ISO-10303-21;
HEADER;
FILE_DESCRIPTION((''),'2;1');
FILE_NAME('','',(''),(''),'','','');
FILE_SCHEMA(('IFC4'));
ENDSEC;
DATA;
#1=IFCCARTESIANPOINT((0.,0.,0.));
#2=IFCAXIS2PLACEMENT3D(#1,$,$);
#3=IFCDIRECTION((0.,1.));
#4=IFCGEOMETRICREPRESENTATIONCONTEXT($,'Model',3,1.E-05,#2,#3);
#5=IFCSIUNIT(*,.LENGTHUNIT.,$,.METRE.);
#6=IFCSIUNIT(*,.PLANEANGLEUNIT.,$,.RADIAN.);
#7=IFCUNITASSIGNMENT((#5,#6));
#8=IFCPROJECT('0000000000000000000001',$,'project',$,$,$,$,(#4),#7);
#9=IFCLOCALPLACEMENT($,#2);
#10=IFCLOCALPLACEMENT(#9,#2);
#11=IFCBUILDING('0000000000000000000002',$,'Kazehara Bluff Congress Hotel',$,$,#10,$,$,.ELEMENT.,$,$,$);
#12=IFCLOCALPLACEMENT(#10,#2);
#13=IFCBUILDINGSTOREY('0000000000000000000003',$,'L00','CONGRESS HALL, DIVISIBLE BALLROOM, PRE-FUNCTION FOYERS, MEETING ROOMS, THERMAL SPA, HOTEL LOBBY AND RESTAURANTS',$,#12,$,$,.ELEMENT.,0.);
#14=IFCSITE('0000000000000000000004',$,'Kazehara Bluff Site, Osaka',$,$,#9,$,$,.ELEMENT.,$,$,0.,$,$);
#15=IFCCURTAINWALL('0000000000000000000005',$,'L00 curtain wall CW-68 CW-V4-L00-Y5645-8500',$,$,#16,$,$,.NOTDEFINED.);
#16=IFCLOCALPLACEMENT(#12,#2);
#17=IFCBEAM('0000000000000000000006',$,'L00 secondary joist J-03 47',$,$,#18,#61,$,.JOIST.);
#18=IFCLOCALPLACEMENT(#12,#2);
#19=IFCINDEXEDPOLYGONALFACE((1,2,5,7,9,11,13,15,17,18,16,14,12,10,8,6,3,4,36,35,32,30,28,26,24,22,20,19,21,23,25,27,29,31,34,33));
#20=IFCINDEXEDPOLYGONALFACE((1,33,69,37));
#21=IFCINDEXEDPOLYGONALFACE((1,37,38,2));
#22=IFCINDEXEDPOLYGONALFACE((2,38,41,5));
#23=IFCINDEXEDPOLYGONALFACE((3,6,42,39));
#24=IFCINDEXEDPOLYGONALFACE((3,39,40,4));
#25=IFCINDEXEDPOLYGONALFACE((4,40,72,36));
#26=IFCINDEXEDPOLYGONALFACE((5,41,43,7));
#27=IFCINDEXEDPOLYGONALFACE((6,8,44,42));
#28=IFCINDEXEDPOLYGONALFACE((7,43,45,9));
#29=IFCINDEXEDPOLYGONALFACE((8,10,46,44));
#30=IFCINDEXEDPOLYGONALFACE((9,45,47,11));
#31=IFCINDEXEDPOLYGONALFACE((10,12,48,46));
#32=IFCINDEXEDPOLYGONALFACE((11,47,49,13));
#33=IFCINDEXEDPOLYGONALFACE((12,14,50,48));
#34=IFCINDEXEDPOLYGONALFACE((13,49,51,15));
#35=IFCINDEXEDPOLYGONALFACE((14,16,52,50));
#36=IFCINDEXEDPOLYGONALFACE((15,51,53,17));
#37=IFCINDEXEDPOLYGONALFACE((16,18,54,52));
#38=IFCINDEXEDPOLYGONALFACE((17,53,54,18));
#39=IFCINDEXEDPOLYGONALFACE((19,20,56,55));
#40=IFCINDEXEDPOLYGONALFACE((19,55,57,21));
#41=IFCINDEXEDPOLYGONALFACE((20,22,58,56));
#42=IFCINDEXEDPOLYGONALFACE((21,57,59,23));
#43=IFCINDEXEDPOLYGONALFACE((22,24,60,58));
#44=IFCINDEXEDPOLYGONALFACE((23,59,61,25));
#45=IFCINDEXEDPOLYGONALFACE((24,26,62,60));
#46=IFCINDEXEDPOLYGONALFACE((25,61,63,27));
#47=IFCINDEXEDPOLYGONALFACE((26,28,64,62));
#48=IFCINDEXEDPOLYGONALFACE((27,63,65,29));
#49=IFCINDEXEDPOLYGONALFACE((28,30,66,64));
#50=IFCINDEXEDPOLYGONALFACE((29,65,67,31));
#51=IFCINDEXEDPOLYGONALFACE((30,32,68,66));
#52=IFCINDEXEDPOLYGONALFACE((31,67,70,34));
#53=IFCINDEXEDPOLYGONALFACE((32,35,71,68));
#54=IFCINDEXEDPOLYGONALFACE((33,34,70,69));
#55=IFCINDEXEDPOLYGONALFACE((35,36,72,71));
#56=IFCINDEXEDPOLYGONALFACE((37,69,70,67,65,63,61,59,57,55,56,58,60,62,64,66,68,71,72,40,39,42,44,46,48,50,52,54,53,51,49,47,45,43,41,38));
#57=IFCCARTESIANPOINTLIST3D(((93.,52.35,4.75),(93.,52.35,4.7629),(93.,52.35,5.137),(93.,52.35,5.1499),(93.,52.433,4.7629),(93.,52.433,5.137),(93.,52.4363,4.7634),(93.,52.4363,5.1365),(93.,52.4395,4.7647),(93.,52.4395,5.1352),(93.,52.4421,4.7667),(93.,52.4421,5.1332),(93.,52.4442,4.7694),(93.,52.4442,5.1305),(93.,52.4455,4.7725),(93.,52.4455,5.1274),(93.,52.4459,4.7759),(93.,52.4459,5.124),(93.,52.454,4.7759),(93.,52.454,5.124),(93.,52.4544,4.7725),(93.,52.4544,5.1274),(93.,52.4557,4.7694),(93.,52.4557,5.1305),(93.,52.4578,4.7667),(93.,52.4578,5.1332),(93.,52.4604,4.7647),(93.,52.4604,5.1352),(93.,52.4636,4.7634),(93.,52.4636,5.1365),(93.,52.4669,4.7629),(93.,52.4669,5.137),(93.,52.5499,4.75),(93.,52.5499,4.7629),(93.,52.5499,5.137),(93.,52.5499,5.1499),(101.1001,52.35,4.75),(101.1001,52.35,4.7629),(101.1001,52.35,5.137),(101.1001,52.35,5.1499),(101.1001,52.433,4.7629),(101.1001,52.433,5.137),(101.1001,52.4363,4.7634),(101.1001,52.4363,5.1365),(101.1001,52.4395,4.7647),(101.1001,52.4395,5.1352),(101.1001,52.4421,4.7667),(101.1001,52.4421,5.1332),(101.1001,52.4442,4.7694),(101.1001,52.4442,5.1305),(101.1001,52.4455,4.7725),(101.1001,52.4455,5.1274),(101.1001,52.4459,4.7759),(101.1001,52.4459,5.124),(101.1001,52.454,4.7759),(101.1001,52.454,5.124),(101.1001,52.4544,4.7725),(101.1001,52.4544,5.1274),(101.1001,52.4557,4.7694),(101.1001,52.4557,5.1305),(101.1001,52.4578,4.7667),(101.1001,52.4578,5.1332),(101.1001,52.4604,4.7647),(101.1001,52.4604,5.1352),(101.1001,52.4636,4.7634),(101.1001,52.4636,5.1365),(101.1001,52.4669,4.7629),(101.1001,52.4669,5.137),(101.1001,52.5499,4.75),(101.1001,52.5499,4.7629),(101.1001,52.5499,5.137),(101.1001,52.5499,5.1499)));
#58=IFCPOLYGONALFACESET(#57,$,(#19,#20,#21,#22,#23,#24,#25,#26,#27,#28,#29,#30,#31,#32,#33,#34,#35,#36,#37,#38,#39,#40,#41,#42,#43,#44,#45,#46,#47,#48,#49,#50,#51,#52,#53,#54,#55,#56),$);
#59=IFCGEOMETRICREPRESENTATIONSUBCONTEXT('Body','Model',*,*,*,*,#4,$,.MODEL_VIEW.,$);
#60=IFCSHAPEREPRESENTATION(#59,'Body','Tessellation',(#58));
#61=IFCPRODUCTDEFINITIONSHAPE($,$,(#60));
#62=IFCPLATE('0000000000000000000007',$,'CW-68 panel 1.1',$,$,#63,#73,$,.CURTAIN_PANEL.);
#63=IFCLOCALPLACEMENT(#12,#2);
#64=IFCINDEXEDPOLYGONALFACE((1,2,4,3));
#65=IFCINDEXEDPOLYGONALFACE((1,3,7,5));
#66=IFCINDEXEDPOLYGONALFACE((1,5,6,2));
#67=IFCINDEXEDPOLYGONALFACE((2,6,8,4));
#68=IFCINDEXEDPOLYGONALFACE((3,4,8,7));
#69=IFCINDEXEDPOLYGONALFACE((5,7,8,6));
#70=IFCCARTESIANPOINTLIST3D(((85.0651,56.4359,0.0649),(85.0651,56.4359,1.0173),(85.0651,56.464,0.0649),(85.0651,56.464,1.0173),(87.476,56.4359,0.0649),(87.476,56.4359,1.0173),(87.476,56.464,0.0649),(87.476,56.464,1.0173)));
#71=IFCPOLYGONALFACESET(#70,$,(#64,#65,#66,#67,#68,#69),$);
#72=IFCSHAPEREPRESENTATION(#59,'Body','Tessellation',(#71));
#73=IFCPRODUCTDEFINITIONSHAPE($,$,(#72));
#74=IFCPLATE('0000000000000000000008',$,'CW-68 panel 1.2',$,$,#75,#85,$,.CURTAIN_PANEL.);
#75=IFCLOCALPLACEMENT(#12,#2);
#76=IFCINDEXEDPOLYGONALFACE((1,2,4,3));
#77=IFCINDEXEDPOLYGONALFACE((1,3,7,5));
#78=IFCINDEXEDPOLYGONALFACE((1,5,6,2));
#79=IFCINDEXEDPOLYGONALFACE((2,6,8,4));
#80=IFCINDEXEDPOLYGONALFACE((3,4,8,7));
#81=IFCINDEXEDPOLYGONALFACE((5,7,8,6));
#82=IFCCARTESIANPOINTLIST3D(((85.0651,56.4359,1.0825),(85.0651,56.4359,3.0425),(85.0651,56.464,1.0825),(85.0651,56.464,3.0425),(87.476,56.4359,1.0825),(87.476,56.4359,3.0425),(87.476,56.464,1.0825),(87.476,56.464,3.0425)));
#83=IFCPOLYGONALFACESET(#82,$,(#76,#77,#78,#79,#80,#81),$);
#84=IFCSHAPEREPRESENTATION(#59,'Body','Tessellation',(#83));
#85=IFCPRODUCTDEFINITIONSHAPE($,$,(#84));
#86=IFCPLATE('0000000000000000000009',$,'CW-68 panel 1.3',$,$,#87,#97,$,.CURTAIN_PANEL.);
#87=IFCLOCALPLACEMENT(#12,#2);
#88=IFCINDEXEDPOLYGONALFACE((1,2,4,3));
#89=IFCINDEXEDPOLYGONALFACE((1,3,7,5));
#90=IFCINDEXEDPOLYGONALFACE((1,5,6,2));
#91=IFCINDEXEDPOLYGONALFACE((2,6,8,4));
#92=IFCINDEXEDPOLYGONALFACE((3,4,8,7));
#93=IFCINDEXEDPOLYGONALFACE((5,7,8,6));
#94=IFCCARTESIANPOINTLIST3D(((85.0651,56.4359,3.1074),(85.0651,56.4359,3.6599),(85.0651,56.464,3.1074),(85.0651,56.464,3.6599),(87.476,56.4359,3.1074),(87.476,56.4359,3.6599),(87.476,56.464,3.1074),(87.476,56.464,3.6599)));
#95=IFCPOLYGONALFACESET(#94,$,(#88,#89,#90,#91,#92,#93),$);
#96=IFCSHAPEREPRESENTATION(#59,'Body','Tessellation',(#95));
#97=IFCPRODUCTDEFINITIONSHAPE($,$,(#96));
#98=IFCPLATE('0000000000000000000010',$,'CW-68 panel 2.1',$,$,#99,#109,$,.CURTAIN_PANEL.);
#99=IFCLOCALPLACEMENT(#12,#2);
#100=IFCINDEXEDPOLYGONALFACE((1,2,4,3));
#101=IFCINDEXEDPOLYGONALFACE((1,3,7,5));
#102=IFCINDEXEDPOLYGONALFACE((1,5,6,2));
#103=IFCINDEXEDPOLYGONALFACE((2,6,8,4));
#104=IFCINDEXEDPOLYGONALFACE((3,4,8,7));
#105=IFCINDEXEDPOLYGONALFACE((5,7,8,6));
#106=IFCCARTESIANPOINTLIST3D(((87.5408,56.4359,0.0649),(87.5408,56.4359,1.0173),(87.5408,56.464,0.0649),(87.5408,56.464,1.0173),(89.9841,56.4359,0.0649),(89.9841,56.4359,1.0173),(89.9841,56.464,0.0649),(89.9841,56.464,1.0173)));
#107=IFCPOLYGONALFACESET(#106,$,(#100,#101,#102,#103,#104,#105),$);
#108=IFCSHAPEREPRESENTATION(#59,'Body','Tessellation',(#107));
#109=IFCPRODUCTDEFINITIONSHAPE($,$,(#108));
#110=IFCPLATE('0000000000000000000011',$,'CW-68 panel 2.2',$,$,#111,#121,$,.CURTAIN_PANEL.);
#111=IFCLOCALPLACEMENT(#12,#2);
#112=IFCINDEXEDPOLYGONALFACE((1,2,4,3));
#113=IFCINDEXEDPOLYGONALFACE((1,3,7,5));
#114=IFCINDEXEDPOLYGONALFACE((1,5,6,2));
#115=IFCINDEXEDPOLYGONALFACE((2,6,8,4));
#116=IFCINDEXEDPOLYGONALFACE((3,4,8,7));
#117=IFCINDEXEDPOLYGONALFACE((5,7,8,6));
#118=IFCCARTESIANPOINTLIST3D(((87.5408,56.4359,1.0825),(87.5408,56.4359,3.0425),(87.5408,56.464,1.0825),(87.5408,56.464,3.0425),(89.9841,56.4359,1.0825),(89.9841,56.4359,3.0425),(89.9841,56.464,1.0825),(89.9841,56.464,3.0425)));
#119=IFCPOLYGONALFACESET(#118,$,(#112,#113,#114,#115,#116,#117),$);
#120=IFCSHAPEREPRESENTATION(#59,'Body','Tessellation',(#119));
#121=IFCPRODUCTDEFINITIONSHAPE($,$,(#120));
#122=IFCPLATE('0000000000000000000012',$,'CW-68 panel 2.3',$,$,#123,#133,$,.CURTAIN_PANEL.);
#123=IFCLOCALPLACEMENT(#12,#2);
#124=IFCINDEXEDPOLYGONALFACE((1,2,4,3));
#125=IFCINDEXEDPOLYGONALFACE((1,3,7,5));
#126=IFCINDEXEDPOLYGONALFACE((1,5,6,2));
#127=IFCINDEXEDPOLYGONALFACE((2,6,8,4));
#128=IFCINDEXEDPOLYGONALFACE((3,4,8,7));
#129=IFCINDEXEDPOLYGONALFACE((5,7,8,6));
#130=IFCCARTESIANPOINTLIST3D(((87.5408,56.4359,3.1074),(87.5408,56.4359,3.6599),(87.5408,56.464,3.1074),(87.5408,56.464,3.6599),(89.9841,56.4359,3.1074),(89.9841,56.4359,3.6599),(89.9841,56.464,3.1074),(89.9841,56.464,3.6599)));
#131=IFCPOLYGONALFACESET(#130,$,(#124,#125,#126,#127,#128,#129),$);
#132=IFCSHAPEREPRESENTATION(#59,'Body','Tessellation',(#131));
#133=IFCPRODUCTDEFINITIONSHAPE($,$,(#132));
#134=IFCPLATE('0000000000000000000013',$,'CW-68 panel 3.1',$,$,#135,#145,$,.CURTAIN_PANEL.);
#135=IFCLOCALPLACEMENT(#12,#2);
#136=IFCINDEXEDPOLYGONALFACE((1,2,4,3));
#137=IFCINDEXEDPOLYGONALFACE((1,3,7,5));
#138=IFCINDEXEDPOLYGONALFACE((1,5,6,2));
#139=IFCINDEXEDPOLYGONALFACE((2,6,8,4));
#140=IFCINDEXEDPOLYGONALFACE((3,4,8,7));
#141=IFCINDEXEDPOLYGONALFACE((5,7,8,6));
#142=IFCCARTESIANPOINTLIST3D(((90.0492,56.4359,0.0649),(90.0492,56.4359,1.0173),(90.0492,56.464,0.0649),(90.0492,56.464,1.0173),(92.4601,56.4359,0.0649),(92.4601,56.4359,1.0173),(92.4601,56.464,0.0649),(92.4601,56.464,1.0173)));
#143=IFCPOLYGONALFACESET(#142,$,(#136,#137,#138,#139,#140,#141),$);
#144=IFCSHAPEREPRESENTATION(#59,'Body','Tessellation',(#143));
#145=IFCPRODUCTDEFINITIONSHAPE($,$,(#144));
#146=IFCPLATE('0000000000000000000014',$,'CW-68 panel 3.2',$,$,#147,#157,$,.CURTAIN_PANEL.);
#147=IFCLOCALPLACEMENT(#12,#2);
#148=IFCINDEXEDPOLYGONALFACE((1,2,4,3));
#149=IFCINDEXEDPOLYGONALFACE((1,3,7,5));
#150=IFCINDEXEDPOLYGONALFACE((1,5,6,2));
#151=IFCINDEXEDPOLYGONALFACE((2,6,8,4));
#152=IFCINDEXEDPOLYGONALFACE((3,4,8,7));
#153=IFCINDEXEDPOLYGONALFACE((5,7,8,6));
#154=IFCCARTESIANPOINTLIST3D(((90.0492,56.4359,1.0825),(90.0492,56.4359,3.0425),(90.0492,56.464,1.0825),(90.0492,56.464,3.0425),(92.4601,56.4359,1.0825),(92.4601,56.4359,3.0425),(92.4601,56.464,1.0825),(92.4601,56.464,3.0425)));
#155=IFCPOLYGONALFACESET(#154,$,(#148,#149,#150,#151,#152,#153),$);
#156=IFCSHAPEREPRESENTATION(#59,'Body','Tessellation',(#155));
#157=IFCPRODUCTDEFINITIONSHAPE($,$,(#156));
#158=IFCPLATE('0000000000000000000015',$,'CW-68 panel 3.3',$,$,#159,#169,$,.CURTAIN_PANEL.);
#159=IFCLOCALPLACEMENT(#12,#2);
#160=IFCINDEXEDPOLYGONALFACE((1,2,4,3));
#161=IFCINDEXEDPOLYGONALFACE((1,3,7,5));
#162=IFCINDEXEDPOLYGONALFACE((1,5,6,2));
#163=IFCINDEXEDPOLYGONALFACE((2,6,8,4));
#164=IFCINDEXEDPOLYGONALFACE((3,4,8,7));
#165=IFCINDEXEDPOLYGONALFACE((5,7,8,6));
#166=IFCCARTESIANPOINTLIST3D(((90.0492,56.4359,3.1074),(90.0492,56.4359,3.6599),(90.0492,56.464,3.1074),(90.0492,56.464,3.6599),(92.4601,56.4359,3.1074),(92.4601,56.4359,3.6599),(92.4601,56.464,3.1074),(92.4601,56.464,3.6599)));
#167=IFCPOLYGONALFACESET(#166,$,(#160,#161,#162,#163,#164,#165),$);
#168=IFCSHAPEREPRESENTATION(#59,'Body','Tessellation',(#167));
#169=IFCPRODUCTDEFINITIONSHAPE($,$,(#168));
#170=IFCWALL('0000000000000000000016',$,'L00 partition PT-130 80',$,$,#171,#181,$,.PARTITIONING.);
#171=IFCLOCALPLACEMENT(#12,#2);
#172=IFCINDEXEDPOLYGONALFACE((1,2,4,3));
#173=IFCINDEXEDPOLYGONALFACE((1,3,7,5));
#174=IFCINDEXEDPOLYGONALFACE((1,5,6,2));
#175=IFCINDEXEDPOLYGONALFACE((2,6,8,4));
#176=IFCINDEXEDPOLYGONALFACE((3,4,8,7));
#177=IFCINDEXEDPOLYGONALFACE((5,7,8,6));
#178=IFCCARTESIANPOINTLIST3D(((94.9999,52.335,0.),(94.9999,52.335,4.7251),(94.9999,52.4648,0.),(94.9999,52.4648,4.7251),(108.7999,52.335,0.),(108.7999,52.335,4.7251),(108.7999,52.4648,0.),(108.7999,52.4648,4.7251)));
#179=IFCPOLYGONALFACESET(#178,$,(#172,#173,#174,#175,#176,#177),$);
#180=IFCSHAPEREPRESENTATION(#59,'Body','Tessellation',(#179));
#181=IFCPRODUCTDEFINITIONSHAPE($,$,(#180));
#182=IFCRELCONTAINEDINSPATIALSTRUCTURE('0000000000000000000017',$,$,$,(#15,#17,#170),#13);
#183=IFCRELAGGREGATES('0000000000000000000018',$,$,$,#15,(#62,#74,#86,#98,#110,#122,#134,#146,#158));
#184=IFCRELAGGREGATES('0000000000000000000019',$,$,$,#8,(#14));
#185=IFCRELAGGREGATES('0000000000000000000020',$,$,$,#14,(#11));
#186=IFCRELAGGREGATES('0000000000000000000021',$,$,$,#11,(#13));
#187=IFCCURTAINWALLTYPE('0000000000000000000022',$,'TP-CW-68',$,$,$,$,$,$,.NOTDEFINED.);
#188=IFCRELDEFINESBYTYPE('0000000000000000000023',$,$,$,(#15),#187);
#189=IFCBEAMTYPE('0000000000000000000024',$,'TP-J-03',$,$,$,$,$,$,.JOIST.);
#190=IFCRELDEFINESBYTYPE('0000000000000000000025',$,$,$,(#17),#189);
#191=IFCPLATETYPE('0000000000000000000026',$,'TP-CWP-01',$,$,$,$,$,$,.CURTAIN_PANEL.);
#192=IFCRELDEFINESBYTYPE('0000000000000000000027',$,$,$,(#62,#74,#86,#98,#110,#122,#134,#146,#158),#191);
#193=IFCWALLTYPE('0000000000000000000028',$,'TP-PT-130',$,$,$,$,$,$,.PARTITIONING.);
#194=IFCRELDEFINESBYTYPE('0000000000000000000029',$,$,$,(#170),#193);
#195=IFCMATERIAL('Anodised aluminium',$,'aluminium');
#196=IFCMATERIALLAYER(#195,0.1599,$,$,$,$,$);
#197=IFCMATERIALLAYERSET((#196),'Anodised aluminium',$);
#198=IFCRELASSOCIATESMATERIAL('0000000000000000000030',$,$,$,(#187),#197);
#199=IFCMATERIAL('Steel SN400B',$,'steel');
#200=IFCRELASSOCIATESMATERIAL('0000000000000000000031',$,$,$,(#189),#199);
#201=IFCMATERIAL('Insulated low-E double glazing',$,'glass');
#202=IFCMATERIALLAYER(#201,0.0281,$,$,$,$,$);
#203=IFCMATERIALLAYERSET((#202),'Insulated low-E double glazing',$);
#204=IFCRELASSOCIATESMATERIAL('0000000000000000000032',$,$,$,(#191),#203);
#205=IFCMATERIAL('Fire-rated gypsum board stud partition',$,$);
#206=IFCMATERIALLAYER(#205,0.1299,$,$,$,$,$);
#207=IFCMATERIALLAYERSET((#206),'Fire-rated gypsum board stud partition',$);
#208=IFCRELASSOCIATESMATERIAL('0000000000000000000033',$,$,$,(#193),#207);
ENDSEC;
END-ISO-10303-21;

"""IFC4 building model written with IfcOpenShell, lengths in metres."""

from ifc_helpers import new_model, si_unit, direction, frame, frame_2d, origin, origin_2d, place, context, subcontext, project, spatial, rectangle, i_section, extrude, material, layer, layer_set, material_profile, profile_set, type_object, element, aggregate, save


model = new_model("IFC4")

# Units and contexts
model_context = context("Model", 3, precision=1e-05, world=origin(), true_north=direction((0.0, 1.0)))
body_context = subcontext(model_context, "Body", "Model", "MODEL_VIEW")
ifc_project = project(units=[si_unit("LENGTHUNIT", "METRE"), si_unit("PLANEANGLEUNIT", "RADIAN")], contexts=[model_context])

# Site, building, storey
site_placement = place(None, origin())
site = spatial("IfcSite", under=ifc_project, at=site_placement, Name="Kazehara Bluff Site, Osaka", CompositionType="ELEMENT", RefElevation=0.0)
building_placement = place(site_placement, origin())
building = spatial("IfcBuilding", under=site, at=building_placement, Name="Kazehara Bluff Congress Hotel", CompositionType="ELEMENT")
storey_placement = place(building_placement, origin())
storey = spatial("IfcBuildingStorey", under=building, at=storey_placement, Name="L00", Description="CONGRESS HALL, DIVISIBLE BALLROOM, PRE-FUNCTION FOYERS, MEETING ROOMS, THERMAL SPA, HOTEL LOBBY AND RESTAURANTS", CompositionType="ELEMENT", Elevation=0.0)

# Curtain wall
ifc_material_1 = material(Name="Anodised aluminium", Category="aluminium")
ifc_layer_1 = layer(ifc_material_1, 0.1599)
ifc_layer_set_1 = layer_set([ifc_layer_1], Name="Anodised aluminium")
curtain_wall_type_1 = type_object("IfcCurtainWallType", Name="TP-CW-68", PredefinedType="NOTDEFINED", material=ifc_layer_set_1)
curtain_wall_1_placement = place(storey_placement, origin())
curtain_wall_1 = element("IfcCurtainWall", 1, at=curtain_wall_1_placement, inside=storey, type_object=curtain_wall_type_1, Name="L00 curtain wall CW-68 CW-V4-L00-Y5645-8500", PredefinedType="NOTDEFINED")

# Beam
ifc_material_2 = material(Name="Steel SN400B", Category="steel")
ifc_material_profile_1 = material_profile(ifc_material_2, i_section(OverallWidth=0.2, OverallDepth=0.3999, WebThickness=0.0081, FlangeThickness=0.0129, FilletRadius=0.0129, at=origin_2d()))
ifc_profile_set_1 = profile_set([ifc_material_profile_1], Name="Steel SN400B")
beam_type_1 = type_object("IfcBeamType", Name="TP-J-03", PredefinedType="JOIST", material=ifc_profile_set_1)
beam_1_placement = place(storey_placement, frame((93.0, 52.45, 4.95), z_axis=(1.0, 0.0, 0.0), x_axis=(0.0, 1.0, 0.0)))
element("IfcBeam", 2, at=beam_1_placement, inside=storey, type_object=beam_type_1, Name="L00 secondary joist J-03 47", PredefinedType="JOIST", context=body_context, shape_type="SweptSolid", body=[
    extrude(i_section(OverallWidth=0.2, OverallDepth=0.3999, WebThickness=0.0081, FlangeThickness=0.0129, FilletRadius=0.0129, at=origin_2d()), origin(), (0.0, 0.0, 1.0), 8.1001),
])

# Plates
ifc_material_3 = material(Name="Insulated low-E double glazing", Category="glass")
ifc_layer_2 = layer(ifc_material_3, 0.0281)
ifc_layer_set_2 = layer_set([ifc_layer_2], Name="Insulated low-E double glazing")
plate_type = type_object("IfcPlateType", Name="TP-CWP-01", PredefinedType="CURTAIN_PANEL", material=ifc_layer_set_2)
plate_1_placement = place(storey_placement, frame((86.2705, 56.45, 0.0649), z_axis=(0.0, 0.0, 1.0), x_axis=(1.0, 0.0, 0.0)))
plate_1 = element("IfcPlate", 3, at=plate_1_placement, type_object=plate_type, Name="CW-68 panel 1.1", PredefinedType="CURTAIN_PANEL", context=body_context, shape_type="SweptSolid", body=[
    extrude(rectangle(XDim=2.4109, YDim=0.0281, at=origin_2d()), origin(), (0.0, 0.0, 1.0), 0.9524),
])
plate_2_placement = place(storey_placement, frame((86.2705, 56.45, 1.0825), z_axis=(0.0, 0.0, 1.0), x_axis=(1.0, 0.0, 0.0)))
plate_2 = element("IfcPlate", 4, at=plate_2_placement, type_object=plate_type, Name="CW-68 panel 1.2", PredefinedType="CURTAIN_PANEL", context=body_context, shape_type="SweptSolid", body=[
    extrude(rectangle(XDim=2.4109, YDim=0.0281, at=origin_2d()), origin(), (0.0, 0.0, 1.0), 1.96),
])
plate_3_placement = place(storey_placement, frame((86.2705, 56.45, 3.1074), z_axis=(0.0, 0.0, 1.0), x_axis=(1.0, 0.0, 0.0)))
plate_3 = element("IfcPlate", 5, at=plate_3_placement, type_object=plate_type, Name="CW-68 panel 1.3", PredefinedType="CURTAIN_PANEL", context=body_context, shape_type="SweptSolid", body=[
    extrude(rectangle(XDim=2.4109, YDim=0.0281, at=origin_2d()), origin(), (0.0, 0.0, 1.0), 0.5525),
])
plate_4_placement = place(storey_placement, frame((88.7625, 56.45, 0.0649), z_axis=(0.0, 0.0, 1.0), x_axis=(1.0, 0.0, 0.0)))
plate_4 = element("IfcPlate", 6, at=plate_4_placement, type_object=plate_type, Name="CW-68 panel 2.1", PredefinedType="CURTAIN_PANEL", context=body_context, shape_type="SweptSolid", body=[
    extrude(rectangle(XDim=2.4434, YDim=0.0281, at=origin_2d()), origin(), (0.0, 0.0, 1.0), 0.9524),
])
plate_5_placement = place(storey_placement, frame((88.7625, 56.45, 1.0825), z_axis=(0.0, 0.0, 1.0), x_axis=(1.0, 0.0, 0.0)))
plate_5 = element("IfcPlate", 7, at=plate_5_placement, type_object=plate_type, Name="CW-68 panel 2.2", PredefinedType="CURTAIN_PANEL", context=body_context, shape_type="SweptSolid", body=[
    extrude(rectangle(XDim=2.4434, YDim=0.0281, at=origin_2d()), origin(), (0.0, 0.0, 1.0), 1.96),
])
plate_6_placement = place(storey_placement, frame((88.7625, 56.45, 3.1074), z_axis=(0.0, 0.0, 1.0), x_axis=(1.0, 0.0, 0.0)))
plate_6 = element("IfcPlate", 8, at=plate_6_placement, type_object=plate_type, Name="CW-68 panel 2.3", PredefinedType="CURTAIN_PANEL", context=body_context, shape_type="SweptSolid", body=[
    extrude(rectangle(XDim=2.4434, YDim=0.0281, at=origin_2d()), origin(), (0.0, 0.0, 1.0), 0.5525),
])
plate_7_placement = place(storey_placement, frame((91.2546, 56.45, 0.0649), z_axis=(0.0, 0.0, 1.0), x_axis=(1.0, 0.0, 0.0)))
plate_7 = element("IfcPlate", 9, at=plate_7_placement, type_object=plate_type, Name="CW-68 panel 3.1", PredefinedType="CURTAIN_PANEL", context=body_context, shape_type="SweptSolid", body=[
    extrude(rectangle(XDim=2.4109, YDim=0.0281, at=origin_2d()), origin(), (0.0, 0.0, 1.0), 0.9524),
])
plate_8_placement = place(storey_placement, frame((91.2546, 56.45, 1.0825), z_axis=(0.0, 0.0, 1.0), x_axis=(1.0, 0.0, 0.0)))
plate_8 = element("IfcPlate", 10, at=plate_8_placement, type_object=plate_type, Name="CW-68 panel 3.2", PredefinedType="CURTAIN_PANEL", context=body_context, shape_type="SweptSolid", body=[
    extrude(rectangle(XDim=2.4109, YDim=0.0281, at=origin_2d()), origin(), (0.0, 0.0, 1.0), 1.96),
])
plate_9_placement = place(storey_placement, frame((91.2546, 56.45, 3.1074), z_axis=(0.0, 0.0, 1.0), x_axis=(1.0, 0.0, 0.0)))
plate_9 = element("IfcPlate", 11, at=plate_9_placement, type_object=plate_type, Name="CW-68 panel 3.3", PredefinedType="CURTAIN_PANEL", context=body_context, shape_type="SweptSolid", body=[
    extrude(rectangle(XDim=2.4109, YDim=0.0281, at=origin_2d()), origin(), (0.0, 0.0, 1.0), 0.5525),
])
aggregate(curtain_wall_1, [plate_1, plate_2, plate_3, plate_4, plate_5, plate_6, plate_7, plate_8, plate_9])

# Wall
ifc_material_4 = material(Name="Fire-rated gypsum board stud partition")
ifc_layer_3 = layer(ifc_material_4, 0.1299)
ifc_layer_set_3 = layer_set([ifc_layer_3], Name="Fire-rated gypsum board stud partition")
wall_type = type_object("IfcWallType", Name="TP-PT-130", PredefinedType="PARTITIONING", material=ifc_layer_set_3)
wall_placement = place(storey_placement, frame((95.0, 52.3999, 0.0), z_axis=(0.0, 0.0, 1.0), x_axis=(1.0, 0.0, 0.0)))
element("IfcWall", 12, at=wall_placement, inside=storey, type_object=wall_type, Name="L00 partition PT-130 80", PredefinedType="PARTITIONING", context=body_context, shape_type="SweptSolid", body=[
    extrude(rectangle(XDim=13.8, YDim=0.1299, at=frame_2d((6.8999, 0.0))), origin(), (0.0, 0.0, 1.0), 4.7251),
])

save(model, "model.ifc")
